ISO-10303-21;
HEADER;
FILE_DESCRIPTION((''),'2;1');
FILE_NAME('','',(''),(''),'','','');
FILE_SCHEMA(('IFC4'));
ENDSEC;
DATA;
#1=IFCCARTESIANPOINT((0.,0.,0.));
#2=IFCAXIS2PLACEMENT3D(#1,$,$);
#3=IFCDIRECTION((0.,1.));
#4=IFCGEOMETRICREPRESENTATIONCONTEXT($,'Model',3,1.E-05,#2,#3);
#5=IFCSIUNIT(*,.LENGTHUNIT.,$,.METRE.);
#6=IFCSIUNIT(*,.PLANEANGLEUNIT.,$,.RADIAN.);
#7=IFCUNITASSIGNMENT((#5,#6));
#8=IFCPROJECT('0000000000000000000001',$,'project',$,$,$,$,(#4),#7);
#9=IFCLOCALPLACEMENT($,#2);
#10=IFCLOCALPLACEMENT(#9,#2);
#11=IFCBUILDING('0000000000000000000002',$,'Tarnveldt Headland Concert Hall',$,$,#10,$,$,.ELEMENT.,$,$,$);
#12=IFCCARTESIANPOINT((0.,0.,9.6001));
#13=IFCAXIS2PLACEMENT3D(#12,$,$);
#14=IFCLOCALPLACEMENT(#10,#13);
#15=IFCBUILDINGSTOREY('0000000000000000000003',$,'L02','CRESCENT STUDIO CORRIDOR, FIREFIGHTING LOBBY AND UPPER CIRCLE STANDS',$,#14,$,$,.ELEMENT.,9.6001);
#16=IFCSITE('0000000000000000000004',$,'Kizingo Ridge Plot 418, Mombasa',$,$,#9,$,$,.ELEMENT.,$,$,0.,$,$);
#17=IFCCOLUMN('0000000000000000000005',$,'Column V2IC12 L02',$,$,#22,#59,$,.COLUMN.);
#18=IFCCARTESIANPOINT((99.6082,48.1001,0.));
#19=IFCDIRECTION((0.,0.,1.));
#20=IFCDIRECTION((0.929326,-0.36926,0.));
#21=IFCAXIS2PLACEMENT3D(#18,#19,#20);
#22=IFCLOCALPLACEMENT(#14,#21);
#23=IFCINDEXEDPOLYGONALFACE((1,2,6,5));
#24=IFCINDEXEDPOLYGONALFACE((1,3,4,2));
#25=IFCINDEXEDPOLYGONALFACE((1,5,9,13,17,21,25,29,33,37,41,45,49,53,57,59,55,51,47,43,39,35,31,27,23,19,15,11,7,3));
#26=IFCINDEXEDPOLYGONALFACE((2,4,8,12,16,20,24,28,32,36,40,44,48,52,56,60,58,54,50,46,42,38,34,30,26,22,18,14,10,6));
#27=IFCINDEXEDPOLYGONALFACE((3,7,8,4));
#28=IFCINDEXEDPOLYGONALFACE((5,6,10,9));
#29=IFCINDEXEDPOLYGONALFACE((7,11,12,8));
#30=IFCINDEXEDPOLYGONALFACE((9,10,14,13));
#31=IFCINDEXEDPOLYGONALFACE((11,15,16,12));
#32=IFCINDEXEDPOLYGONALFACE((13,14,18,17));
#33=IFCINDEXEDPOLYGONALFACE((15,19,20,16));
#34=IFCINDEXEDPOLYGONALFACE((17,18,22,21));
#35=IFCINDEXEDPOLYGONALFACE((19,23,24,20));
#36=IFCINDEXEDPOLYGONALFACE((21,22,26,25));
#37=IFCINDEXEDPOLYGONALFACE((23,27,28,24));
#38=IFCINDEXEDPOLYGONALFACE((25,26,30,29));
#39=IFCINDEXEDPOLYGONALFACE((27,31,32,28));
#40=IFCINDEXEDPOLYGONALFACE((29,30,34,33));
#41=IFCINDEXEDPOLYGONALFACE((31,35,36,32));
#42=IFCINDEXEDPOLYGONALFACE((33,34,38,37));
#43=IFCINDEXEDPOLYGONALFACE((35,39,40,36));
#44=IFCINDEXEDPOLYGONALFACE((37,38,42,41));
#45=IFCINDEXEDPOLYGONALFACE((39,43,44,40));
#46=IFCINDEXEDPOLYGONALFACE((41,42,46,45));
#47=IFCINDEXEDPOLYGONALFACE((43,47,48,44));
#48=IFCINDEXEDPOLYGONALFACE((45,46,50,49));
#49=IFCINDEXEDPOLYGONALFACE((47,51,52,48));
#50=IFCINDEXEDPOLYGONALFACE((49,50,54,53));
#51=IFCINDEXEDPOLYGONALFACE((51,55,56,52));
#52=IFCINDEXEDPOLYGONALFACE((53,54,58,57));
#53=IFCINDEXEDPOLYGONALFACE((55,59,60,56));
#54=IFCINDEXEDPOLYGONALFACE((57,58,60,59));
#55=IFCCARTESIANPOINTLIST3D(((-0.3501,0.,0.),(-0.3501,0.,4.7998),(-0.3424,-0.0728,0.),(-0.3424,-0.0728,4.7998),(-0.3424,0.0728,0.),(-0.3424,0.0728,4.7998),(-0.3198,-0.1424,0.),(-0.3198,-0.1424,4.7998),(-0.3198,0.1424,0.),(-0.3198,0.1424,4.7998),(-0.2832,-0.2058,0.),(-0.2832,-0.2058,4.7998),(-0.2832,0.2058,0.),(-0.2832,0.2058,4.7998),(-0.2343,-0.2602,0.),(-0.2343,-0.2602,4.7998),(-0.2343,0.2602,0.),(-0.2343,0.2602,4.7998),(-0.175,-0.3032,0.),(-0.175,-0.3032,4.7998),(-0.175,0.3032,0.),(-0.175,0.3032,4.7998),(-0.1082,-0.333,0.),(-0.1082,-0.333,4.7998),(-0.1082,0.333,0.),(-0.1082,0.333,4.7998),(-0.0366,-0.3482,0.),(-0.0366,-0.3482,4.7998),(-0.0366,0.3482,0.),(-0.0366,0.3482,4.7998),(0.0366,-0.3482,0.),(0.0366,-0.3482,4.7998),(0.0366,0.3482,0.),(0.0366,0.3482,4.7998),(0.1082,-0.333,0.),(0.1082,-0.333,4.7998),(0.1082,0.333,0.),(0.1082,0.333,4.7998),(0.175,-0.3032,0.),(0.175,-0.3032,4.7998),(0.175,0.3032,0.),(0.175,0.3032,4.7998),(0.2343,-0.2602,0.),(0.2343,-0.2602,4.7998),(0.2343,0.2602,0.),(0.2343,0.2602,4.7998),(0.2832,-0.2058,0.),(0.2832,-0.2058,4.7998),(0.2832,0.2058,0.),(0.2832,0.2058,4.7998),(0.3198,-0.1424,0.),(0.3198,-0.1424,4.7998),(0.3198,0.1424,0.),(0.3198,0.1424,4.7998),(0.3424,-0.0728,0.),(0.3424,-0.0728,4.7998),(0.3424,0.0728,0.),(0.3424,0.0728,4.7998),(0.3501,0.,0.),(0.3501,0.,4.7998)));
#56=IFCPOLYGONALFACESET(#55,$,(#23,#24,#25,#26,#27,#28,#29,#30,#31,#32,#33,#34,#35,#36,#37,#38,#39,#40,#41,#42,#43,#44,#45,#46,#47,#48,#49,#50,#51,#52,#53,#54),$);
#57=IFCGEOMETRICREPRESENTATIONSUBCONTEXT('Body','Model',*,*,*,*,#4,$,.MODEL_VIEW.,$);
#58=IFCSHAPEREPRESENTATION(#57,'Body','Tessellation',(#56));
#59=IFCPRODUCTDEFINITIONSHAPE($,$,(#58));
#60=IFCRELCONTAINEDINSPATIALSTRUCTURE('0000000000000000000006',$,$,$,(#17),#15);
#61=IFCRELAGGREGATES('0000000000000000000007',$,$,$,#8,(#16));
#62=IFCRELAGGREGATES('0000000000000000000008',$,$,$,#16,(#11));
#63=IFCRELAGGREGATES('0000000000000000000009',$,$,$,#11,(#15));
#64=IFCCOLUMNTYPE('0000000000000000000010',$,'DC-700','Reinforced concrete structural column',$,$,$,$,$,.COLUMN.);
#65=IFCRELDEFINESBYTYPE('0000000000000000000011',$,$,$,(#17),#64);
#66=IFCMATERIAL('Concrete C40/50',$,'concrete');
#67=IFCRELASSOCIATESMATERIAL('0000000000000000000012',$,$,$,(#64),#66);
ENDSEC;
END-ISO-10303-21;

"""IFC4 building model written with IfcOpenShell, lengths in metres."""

from ifc_helpers import new_model, si_unit, direction, frame, origin, origin_2d, place, context, subcontext, project, spatial, circle, extrude, material, material_profile, profile_set, type_object, element, save


model = new_model("IFC4")

# Units and contexts
model_context = context("Model", 3, precision=1e-05, world=origin(), true_north=direction((0.0, 1.0)))
body_context = subcontext(model_context, "Body", "Model", "MODEL_VIEW")
ifc_project = project(units=[si_unit("LENGTHUNIT", "METRE"), si_unit("PLANEANGLEUNIT", "RADIAN")], contexts=[model_context])

# Site, building, storey
site_placement = place(None, origin())
site = spatial("IfcSite", under=ifc_project, at=site_placement, Name="Kizingo Ridge Plot 418, Mombasa", CompositionType="ELEMENT", RefElevation=0.0)
building_placement = place(site_placement, origin())
building = spatial("IfcBuilding", under=site, at=building_placement, Name="Tarnveldt Headland Concert Hall", CompositionType="ELEMENT")
storey_placement = place(building_placement, frame((0.0, 0.0, 9.6001)))
storey = spatial("IfcBuildingStorey", under=building, at=storey_placement, Name="L02", Description="CRESCENT STUDIO CORRIDOR, FIREFIGHTING LOBBY AND UPPER CIRCLE STANDS", CompositionType="ELEMENT", Elevation=9.6001)

# Column
ifc_material_1 = material(Name="Concrete C40/50", Category="concrete")
ifc_material_profile_1 = material_profile(ifc_material_1, circle(Radius=0.3501, at=origin_2d()), Name="RC D700", Category="concrete")
ifc_profile_set_1 = profile_set([ifc_material_profile_1], Name="Concrete C40/50")
column_type_1 = type_object("IfcColumnType", Name="DC-700", Description="Reinforced concrete structural column", PredefinedType="COLUMN", material=ifc_profile_set_1)
column_1_placement = place(storey_placement, frame((99.6082, 48.1001, 0.0), z_axis=(0.0, 0.0, 1.0), x_axis=(0.929326, -0.36926, 0.0)))
element("IfcColumn", 1, at=column_1_placement, inside=storey, type_object=column_type_1, Name="Column V2IC12 L02", PredefinedType="COLUMN", context=body_context, shape_type="SweptSolid", body=[
    extrude(circle(Radius=0.3501, at=origin_2d()), origin(), (0.0, 0.0, 1.0), 4.7998),
])

save(model, "model.ifc")
